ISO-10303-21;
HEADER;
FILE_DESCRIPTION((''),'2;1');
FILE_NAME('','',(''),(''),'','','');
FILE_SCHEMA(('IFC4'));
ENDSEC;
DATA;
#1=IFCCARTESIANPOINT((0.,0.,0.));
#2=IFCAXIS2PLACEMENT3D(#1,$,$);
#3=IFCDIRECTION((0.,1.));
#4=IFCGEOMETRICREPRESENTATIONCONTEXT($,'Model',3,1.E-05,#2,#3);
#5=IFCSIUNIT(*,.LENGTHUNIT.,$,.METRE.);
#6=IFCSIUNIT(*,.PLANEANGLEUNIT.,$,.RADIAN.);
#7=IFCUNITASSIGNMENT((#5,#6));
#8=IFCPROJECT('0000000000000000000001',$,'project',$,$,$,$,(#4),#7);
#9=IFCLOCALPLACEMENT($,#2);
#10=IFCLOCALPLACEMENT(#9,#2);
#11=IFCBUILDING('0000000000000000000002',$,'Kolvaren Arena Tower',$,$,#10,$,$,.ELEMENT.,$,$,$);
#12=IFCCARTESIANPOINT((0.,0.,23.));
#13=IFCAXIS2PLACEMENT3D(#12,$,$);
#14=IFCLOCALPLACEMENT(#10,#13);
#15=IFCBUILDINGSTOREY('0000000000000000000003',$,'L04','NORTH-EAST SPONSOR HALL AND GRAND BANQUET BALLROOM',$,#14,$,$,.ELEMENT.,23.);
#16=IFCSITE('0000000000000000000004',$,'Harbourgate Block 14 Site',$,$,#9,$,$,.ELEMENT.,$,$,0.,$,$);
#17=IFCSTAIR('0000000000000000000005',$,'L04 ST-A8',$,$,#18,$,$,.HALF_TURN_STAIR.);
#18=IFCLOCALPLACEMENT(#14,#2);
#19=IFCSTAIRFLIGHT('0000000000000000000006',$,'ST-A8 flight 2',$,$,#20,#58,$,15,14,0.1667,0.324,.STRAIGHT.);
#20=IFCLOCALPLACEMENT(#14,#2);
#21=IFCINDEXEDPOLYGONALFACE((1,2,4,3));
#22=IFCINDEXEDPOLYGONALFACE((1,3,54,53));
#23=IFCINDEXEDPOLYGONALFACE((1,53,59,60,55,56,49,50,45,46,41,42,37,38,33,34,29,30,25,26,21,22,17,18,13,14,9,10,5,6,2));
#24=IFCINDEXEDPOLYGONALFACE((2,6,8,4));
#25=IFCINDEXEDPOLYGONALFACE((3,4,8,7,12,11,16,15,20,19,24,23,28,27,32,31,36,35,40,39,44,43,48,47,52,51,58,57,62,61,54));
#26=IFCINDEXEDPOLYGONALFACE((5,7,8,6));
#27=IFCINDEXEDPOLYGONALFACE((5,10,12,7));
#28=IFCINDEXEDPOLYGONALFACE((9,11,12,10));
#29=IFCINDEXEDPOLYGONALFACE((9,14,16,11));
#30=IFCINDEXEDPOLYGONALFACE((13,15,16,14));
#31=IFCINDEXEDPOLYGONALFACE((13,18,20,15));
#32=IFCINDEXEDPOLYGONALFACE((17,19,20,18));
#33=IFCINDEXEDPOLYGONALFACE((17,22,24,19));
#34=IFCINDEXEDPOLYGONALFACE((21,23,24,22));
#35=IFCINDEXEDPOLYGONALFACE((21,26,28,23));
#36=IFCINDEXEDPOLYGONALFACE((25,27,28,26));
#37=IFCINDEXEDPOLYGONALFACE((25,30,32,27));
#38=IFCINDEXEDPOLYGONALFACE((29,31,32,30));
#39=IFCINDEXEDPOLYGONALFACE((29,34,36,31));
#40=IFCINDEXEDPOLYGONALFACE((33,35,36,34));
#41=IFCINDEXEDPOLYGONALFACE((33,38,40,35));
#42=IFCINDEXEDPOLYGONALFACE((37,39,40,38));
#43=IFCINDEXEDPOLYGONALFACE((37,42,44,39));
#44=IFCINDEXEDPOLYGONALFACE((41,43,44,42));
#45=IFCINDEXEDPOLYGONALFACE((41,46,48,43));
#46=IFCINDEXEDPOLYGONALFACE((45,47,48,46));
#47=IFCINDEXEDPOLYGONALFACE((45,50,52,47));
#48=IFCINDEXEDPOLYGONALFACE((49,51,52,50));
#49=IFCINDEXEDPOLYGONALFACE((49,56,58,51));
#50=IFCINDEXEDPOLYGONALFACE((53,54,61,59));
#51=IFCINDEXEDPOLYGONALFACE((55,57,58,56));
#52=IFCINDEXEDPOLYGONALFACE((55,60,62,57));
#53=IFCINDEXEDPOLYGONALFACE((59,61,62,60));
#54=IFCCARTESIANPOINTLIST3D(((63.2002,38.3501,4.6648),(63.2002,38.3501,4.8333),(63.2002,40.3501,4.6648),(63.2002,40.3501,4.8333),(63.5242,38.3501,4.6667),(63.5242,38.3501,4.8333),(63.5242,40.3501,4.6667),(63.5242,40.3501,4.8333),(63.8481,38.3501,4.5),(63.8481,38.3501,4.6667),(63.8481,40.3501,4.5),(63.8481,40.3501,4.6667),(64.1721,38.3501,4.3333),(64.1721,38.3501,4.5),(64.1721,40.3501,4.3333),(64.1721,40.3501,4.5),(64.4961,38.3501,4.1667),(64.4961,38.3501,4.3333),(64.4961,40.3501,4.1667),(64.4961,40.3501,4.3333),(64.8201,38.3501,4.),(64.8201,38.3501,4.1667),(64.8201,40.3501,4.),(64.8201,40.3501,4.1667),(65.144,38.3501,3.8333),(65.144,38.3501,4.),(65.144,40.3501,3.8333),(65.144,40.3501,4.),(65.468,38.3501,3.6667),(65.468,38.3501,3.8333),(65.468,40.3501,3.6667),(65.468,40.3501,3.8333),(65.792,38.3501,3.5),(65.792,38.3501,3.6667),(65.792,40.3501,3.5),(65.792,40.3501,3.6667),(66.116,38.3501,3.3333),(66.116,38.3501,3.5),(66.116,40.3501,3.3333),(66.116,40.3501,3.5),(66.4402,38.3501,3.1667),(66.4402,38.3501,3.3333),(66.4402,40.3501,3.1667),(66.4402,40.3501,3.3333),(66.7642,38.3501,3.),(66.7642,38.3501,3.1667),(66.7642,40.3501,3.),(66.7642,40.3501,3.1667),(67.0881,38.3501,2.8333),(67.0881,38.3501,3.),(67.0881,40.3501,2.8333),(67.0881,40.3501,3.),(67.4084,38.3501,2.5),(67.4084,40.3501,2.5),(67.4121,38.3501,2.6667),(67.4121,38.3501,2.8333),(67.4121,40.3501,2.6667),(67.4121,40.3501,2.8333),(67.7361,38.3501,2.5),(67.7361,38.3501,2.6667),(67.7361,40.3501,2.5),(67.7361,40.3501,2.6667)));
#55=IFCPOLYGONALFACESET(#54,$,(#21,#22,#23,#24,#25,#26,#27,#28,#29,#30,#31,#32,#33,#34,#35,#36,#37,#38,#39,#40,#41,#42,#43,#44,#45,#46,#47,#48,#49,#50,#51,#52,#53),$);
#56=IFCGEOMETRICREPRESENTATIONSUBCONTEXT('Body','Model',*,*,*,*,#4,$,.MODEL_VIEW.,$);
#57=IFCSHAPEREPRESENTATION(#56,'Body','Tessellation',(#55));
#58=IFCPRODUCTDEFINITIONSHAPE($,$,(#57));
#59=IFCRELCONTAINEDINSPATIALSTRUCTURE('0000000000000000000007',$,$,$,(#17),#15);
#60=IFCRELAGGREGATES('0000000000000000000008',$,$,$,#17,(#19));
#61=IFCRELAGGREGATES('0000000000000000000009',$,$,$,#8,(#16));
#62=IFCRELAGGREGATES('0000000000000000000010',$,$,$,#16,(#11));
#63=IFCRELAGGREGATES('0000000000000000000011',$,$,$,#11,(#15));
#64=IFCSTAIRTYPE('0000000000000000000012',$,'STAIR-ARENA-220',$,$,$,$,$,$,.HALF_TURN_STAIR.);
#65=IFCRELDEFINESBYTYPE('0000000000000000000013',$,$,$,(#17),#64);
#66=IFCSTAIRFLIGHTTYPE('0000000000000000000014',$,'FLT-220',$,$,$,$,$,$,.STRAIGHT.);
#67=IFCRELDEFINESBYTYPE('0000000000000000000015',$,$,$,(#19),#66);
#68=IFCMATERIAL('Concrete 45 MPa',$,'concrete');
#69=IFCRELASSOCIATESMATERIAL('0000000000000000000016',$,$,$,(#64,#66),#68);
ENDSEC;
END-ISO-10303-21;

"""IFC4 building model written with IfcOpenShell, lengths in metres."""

from ifc_helpers import new_model, si_unit, direction, frame, origin, place, context, subcontext, project, spatial, polyline, outline, extrude, material, type_object, element, aggregate, save


model = new_model("IFC4")

# Units and contexts
model_context = context("Model", 3, precision=1e-05, world=origin(), true_north=direction((0.0, 1.0)))
body_context = subcontext(model_context, "Body", "Model", "MODEL_VIEW")
ifc_project = project(units=[si_unit("LENGTHUNIT", "METRE"), si_unit("PLANEANGLEUNIT", "RADIAN")], contexts=[model_context])

# Site, building, storey
site_placement = place(None, origin())
site = spatial("IfcSite", under=ifc_project, at=site_placement, Name="Harbourgate Block 14 Site", CompositionType="ELEMENT", RefElevation=0.0)
building_placement = place(site_placement, origin())
building = spatial("IfcBuilding", under=site, at=building_placement, Name="Kolvaren Arena Tower", CompositionType="ELEMENT")
storey_placement = place(building_placement, frame((0.0, 0.0, 23.0)))
storey = spatial("IfcBuildingStorey", under=building, at=storey_placement, Name="L04", Description="NORTH-EAST SPONSOR HALL AND GRAND BANQUET BALLROOM", CompositionType="ELEMENT", Elevation=23.0)

# Stair, stair flight
ifc_material_1 = material(Name="Concrete 45 MPa", Category="concrete")
stair_type = type_object("IfcStairType", Name="STAIR-ARENA-220", PredefinedType="HALF_TURN_STAIR", material=ifc_material_1)
stair_placement = place(storey_placement, origin())
stair = element("IfcStair", 1, at=stair_placement, inside=storey, type_object=stair_type, Name="L04 ST-A8", PredefinedType="HALF_TURN_STAIR")
stair_flight_type = type_object("IfcStairFlightType", Name="FLT-220", PredefinedType="STRAIGHT", material=ifc_material_1)
stair_flight_placement = place(storey_placement, frame((67.7361, 39.3501, 2.5), z_axis=(0.0, 0.0, 1.0), x_axis=(-1.0, 0.0, 0.0)))
stair_flight = element("IfcStairFlight", 2, at=stair_flight_placement, type_object=stair_flight_type, Name="ST-A8 flight 2", NumberOfRisers=15, NumberOfTreads=14, PredefinedType="STRAIGHT", RiserHeight=0.1667, TreadLength=0.324, context=body_context, shape_type="SweptSolid", body=[
    extrude(outline(polyline([(0.0, 0.0), (0.0, 0.1667), (0.324, 0.1667), (0.324, 0.3333), (0.6479, 0.3333), (0.6479, 0.5), (0.9719, 0.5), (0.9719, 0.6667), (1.2959, 0.6667), (1.2959, 0.8333), (1.6201, 0.8333), (1.6201, 1.0), (1.9441, 1.0), (1.9441, 1.1667), (2.2681, 1.1667), (2.2681, 1.3333), (2.592, 1.3333), (2.592, 1.5), (2.916, 1.5), (2.916, 1.6667), (3.24, 1.6667), (3.24, 1.8333), (3.564, 1.8333), (3.564, 2.0), (3.8879, 2.0), (3.8879, 2.1667), (4.2119, 2.1667), (4.2119, 2.3333), (4.5359, 2.3333), (4.5359, 2.5), (4.5359, 2.1648), (0.3276, 0.0), (0.0, 0.0)])), frame((0.0, 1.0, 0.0), z_axis=(0.0, -1.0, 0.0), x_axis=(1.0, 0.0, 0.0)), (0.0, 0.0, 1.0), 2.0),
])
aggregate(stair, [stair_flight])

save(model, "model.ifc")
